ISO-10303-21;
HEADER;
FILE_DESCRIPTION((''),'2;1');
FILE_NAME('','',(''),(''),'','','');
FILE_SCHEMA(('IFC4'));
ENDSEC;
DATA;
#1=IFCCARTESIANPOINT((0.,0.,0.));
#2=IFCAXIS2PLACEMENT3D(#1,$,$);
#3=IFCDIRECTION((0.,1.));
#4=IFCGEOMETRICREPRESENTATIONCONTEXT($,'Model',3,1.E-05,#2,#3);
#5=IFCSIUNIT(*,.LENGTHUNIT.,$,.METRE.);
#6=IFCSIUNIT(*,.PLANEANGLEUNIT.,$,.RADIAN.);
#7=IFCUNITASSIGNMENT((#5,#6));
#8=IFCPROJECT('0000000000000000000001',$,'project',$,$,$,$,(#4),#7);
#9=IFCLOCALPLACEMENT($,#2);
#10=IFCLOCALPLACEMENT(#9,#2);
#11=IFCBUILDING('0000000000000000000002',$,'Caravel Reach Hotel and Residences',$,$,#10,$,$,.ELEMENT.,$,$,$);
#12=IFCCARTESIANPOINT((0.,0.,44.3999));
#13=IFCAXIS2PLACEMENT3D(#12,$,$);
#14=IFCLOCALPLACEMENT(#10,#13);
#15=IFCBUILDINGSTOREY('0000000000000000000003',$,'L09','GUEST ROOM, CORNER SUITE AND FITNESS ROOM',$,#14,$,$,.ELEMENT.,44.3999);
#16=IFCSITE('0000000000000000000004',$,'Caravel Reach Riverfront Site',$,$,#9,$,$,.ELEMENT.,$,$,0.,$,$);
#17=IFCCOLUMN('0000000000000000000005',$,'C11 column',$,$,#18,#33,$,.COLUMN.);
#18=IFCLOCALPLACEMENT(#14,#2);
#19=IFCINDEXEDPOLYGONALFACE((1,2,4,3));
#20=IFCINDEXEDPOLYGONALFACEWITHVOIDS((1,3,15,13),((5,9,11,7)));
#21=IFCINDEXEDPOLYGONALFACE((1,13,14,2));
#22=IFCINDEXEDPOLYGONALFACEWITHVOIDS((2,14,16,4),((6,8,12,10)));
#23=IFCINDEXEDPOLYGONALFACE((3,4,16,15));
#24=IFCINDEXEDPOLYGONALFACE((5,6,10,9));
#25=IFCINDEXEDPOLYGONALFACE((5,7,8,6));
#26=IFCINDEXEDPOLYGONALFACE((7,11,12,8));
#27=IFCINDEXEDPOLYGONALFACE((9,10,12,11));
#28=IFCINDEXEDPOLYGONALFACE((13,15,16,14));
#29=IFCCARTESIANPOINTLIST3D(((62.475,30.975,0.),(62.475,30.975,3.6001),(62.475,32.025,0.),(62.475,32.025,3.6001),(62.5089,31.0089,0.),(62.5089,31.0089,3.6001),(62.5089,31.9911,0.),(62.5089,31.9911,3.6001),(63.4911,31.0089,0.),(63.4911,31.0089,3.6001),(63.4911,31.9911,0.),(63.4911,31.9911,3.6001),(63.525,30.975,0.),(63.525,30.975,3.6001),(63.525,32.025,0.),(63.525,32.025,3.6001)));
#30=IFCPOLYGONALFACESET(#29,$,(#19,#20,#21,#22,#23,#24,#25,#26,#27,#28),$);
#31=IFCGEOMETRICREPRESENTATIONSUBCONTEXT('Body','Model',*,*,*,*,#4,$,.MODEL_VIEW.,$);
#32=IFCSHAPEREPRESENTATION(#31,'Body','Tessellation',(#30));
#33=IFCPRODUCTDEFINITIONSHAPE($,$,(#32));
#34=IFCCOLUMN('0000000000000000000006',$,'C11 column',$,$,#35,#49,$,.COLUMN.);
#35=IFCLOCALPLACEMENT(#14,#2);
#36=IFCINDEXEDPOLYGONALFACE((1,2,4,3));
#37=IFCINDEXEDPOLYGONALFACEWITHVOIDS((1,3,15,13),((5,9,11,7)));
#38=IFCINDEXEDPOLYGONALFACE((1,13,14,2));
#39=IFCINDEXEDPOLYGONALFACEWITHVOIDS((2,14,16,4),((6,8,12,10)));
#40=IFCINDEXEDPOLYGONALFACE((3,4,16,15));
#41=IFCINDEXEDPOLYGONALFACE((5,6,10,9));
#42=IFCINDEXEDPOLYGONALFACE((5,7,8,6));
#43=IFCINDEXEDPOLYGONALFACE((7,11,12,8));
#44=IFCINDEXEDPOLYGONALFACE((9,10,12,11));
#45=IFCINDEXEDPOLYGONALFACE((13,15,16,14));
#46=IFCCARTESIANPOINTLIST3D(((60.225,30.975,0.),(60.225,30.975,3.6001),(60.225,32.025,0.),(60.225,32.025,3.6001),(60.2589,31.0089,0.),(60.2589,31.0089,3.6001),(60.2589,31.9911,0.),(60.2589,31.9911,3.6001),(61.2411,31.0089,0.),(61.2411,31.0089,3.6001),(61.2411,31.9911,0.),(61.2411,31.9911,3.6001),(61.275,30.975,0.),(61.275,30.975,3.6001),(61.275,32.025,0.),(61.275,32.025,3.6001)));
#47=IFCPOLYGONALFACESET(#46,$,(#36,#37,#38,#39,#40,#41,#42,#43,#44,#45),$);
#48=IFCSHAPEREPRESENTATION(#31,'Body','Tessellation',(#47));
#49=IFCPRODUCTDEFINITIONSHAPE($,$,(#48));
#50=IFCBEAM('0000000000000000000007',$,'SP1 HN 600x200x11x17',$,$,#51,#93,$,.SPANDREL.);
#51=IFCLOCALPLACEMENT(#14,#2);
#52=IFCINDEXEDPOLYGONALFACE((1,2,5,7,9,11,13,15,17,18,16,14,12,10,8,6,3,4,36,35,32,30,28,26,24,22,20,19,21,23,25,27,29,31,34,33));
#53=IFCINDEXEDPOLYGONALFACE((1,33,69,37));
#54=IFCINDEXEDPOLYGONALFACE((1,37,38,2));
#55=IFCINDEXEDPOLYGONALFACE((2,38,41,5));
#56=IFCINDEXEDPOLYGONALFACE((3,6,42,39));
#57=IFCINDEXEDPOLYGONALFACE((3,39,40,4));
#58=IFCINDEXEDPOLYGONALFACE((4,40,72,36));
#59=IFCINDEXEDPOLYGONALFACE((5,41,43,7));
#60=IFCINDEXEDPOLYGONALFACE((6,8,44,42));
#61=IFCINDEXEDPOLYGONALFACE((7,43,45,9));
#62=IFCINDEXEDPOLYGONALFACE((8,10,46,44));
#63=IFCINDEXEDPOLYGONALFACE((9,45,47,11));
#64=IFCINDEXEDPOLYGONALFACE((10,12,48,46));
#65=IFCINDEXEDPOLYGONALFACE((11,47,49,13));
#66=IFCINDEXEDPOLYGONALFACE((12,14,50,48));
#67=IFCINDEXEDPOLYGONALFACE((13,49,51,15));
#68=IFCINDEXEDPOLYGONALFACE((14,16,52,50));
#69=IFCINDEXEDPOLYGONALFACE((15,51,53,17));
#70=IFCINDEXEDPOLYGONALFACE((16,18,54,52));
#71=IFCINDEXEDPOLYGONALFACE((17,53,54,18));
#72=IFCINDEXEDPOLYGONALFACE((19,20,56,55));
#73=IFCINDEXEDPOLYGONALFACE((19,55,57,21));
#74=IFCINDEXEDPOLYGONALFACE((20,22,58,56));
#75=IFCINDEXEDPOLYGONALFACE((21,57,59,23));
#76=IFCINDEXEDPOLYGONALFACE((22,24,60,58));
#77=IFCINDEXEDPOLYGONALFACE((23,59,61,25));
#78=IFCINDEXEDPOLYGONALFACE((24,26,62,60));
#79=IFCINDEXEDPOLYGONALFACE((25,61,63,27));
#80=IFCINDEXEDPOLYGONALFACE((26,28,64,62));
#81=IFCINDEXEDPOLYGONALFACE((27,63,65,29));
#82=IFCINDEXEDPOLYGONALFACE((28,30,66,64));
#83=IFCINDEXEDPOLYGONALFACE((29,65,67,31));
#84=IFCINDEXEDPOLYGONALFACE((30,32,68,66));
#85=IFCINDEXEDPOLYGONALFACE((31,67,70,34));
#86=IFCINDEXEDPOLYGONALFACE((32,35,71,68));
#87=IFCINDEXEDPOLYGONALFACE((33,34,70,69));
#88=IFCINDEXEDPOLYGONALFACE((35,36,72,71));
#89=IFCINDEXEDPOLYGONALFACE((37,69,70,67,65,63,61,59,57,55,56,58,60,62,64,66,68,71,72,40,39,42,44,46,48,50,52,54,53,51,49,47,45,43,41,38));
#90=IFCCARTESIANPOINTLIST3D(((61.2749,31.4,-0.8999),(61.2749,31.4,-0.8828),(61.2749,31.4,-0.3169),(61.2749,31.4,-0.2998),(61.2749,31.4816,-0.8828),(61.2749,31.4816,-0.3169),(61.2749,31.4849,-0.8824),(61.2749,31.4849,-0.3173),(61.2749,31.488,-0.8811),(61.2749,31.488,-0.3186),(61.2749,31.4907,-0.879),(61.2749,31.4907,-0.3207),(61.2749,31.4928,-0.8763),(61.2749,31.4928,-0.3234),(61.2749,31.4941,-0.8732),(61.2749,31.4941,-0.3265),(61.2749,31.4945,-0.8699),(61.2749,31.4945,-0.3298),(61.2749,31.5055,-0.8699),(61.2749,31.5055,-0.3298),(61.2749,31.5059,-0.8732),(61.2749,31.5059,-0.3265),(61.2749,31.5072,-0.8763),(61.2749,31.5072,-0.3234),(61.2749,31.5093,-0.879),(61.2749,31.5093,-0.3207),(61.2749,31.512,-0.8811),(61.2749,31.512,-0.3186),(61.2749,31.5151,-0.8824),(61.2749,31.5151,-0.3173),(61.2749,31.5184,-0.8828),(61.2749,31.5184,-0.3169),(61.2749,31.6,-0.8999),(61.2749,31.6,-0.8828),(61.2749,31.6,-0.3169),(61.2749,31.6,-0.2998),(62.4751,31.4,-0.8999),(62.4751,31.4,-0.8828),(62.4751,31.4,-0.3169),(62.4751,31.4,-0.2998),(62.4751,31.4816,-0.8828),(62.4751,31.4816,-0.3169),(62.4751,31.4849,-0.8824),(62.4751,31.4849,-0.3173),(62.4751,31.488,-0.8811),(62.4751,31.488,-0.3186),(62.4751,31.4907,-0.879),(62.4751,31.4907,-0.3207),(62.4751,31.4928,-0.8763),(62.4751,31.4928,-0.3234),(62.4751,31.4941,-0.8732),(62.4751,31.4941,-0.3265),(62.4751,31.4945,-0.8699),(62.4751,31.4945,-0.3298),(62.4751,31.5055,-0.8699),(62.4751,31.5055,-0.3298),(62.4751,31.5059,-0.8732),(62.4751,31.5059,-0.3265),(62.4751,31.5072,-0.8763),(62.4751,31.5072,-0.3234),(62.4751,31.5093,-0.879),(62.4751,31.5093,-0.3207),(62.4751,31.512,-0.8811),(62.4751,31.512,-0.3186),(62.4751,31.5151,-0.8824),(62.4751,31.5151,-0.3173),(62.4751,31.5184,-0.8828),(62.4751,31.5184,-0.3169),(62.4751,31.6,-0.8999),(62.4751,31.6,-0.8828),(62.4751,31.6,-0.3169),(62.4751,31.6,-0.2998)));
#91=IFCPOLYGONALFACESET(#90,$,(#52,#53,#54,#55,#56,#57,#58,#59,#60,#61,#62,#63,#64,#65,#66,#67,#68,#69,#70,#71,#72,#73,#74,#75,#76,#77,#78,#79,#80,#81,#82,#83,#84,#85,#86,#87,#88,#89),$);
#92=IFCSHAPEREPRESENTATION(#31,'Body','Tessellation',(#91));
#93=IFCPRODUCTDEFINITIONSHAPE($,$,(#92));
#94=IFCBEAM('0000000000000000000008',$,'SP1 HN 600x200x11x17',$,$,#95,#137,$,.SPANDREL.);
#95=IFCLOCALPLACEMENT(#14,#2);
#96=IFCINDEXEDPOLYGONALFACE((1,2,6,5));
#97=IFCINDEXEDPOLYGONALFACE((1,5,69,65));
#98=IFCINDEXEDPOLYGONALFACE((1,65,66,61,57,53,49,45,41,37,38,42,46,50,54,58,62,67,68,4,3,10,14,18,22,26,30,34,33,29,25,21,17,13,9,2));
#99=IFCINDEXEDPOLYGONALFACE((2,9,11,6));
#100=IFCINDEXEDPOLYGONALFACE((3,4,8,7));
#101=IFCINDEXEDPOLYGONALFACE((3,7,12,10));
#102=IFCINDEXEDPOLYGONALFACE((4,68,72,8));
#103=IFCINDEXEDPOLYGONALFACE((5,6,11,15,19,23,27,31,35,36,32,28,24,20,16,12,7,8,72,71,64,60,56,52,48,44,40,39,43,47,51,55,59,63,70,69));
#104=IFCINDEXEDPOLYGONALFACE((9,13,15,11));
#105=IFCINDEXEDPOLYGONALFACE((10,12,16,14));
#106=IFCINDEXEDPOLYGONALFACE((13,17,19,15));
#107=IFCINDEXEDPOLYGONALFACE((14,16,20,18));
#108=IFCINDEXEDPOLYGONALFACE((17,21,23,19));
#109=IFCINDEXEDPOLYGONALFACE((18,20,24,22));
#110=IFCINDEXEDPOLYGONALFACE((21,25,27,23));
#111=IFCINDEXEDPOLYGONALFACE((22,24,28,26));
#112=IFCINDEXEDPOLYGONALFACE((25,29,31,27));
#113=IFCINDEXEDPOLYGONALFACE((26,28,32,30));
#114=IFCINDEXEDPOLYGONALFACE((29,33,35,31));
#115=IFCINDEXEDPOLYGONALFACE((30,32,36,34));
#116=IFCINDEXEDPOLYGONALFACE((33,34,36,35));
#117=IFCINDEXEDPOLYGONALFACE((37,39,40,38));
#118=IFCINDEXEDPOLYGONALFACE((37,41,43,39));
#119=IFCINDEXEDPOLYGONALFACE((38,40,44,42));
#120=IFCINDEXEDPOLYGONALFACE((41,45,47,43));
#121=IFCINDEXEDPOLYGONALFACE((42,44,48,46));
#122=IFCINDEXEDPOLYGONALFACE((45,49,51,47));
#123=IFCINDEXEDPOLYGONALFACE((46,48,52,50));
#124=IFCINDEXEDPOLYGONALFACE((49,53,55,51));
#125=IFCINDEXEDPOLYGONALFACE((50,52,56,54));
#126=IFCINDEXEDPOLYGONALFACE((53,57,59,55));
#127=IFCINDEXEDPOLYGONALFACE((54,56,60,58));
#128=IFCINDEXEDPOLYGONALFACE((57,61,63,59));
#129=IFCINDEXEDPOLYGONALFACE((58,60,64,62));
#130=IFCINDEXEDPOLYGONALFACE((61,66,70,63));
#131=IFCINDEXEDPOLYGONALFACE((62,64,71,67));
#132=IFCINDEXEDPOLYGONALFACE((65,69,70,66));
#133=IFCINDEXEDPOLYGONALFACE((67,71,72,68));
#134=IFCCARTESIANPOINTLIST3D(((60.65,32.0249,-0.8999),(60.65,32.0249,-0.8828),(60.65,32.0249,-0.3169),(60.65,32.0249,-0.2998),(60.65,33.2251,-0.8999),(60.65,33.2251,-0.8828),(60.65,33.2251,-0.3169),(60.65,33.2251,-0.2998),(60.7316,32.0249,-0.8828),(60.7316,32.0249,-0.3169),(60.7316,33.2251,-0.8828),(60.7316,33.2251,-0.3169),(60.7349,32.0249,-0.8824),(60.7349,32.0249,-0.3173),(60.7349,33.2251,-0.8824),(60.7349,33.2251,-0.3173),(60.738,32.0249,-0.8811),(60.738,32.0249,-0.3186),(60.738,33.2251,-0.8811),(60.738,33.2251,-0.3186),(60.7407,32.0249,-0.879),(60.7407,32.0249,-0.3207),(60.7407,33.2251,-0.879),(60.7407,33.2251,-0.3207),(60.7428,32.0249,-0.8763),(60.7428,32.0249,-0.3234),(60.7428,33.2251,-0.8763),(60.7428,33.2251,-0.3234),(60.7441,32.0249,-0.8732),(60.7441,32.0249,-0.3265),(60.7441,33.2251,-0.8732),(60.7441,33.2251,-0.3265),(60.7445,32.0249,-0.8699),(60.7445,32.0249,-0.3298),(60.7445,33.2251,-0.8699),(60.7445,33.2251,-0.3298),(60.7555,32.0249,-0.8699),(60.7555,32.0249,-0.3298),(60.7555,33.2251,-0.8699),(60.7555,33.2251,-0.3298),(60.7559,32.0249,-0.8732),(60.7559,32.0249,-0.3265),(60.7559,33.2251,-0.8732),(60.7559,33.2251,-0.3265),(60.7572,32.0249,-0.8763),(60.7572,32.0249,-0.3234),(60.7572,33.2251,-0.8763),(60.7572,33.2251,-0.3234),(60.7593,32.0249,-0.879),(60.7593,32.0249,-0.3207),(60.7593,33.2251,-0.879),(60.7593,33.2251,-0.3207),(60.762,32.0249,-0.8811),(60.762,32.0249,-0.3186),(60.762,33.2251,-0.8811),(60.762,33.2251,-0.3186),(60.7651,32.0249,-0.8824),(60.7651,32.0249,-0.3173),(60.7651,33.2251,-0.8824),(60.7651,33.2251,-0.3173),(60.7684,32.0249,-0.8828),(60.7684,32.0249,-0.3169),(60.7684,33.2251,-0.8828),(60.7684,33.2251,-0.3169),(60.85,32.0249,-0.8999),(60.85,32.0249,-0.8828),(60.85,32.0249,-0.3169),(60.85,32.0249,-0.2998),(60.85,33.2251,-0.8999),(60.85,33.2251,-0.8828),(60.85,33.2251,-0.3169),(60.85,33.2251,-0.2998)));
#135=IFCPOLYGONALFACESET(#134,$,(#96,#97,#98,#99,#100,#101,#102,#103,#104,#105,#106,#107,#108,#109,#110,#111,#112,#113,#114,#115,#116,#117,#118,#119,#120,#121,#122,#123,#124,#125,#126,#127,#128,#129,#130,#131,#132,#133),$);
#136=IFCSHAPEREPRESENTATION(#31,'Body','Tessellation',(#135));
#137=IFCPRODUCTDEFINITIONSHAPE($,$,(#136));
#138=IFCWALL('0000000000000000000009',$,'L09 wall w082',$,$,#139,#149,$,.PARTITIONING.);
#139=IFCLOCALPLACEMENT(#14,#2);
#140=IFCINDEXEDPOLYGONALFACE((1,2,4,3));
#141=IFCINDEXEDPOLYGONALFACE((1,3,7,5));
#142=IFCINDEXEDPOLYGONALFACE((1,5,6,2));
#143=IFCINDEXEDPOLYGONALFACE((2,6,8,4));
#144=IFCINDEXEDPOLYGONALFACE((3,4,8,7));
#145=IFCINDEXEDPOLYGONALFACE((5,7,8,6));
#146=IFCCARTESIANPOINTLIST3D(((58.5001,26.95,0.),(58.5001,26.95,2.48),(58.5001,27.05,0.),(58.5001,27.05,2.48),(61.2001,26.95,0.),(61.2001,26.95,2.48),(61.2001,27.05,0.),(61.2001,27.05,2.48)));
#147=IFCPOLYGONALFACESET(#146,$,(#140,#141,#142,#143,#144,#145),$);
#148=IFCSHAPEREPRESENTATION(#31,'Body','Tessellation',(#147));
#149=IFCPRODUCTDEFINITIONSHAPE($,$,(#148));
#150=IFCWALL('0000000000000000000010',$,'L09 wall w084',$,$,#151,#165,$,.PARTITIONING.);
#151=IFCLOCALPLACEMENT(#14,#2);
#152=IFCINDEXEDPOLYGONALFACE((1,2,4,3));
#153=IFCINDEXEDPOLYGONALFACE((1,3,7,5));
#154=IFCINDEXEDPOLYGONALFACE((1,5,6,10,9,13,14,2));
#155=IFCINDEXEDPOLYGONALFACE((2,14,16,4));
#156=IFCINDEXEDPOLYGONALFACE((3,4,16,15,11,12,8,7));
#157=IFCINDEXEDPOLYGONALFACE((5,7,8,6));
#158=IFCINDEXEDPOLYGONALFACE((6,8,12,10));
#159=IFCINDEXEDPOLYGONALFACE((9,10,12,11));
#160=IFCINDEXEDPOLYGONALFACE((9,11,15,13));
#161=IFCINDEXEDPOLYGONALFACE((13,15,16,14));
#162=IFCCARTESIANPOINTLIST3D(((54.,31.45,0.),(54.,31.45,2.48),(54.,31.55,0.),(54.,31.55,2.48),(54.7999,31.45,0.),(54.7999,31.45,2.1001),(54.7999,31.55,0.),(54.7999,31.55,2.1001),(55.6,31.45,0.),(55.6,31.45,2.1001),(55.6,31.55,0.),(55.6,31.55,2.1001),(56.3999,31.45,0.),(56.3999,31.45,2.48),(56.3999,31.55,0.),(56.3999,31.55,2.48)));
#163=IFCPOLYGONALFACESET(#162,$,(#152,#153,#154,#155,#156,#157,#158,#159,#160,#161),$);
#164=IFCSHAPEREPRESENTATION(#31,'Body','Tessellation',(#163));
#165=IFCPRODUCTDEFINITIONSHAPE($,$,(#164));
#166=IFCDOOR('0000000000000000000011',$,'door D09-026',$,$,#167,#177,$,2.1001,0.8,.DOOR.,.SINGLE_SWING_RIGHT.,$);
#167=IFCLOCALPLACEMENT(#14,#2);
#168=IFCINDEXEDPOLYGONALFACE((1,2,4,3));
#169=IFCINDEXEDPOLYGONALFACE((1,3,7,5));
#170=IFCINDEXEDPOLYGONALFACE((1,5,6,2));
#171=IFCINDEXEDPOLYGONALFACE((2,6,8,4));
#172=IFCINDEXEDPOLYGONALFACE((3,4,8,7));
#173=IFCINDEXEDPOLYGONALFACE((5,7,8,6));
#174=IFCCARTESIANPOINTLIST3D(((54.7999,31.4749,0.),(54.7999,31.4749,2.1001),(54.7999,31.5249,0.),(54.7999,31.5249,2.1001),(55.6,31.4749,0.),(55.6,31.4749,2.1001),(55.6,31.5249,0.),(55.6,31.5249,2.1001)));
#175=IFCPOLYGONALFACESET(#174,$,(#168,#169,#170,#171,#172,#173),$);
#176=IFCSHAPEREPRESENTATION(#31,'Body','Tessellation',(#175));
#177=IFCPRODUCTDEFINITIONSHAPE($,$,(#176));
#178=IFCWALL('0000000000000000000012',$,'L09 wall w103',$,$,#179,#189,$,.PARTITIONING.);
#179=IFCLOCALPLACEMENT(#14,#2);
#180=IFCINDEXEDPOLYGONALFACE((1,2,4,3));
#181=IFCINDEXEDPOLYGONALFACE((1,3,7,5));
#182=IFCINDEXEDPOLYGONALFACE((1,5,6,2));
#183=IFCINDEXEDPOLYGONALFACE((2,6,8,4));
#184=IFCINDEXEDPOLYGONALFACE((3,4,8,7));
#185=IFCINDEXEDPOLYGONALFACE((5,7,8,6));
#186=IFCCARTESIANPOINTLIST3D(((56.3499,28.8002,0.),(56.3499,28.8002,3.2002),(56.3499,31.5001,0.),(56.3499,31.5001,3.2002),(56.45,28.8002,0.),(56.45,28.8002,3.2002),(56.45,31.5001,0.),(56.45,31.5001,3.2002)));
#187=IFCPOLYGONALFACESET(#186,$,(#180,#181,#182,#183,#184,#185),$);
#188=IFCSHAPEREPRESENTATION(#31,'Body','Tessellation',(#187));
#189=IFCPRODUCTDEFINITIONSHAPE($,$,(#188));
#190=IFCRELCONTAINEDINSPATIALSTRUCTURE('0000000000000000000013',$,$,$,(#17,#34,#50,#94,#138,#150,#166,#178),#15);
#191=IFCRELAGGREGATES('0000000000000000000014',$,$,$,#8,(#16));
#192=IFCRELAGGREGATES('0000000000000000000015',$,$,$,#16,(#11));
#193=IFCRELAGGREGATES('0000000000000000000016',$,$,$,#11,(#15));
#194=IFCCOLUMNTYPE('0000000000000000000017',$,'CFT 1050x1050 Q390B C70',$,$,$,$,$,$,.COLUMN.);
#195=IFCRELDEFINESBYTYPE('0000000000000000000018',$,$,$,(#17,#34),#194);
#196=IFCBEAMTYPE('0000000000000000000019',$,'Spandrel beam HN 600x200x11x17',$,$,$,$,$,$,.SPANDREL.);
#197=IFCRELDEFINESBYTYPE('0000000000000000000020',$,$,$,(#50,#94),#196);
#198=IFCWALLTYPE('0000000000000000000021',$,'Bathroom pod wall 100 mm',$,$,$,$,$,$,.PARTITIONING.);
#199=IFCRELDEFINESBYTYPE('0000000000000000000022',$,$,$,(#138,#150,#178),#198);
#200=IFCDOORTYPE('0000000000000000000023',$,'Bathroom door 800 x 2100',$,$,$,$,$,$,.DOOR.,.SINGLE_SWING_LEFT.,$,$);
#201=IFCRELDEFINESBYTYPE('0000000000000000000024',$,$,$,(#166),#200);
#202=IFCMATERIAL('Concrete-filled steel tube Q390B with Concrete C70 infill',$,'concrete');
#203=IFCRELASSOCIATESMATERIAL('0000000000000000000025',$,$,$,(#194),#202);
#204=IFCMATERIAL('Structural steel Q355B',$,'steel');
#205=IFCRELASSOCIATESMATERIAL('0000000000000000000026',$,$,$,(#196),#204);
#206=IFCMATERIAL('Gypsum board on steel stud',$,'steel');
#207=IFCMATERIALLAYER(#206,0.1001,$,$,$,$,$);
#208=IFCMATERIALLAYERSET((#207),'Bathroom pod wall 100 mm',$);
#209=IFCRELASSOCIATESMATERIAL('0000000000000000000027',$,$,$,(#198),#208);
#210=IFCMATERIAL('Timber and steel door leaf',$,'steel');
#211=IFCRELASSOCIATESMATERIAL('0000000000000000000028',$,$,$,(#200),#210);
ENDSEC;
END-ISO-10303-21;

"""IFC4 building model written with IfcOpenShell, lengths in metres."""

from ifc_helpers import new_model, si_unit, direction, frame, frame_2d, origin, origin_2d, place, context, subcontext, project, spatial, rectangle, hollow_rectangle, i_section, extrude, material, layer, layer_set, material_profile, profile_set, type_object, element, fill, save


model = new_model("IFC4")

# Units and contexts
model_context = context("Model", 3, precision=1e-05, world=origin(), true_north=direction((0.0, 1.0)))
body_context = subcontext(model_context, "Body", "Model", "MODEL_VIEW")
ifc_project = project(units=[si_unit("LENGTHUNIT", "METRE"), si_unit("PLANEANGLEUNIT", "RADIAN")], contexts=[model_context])

# Site, building, storey
site_placement = place(None, origin())
site = spatial("IfcSite", under=ifc_project, at=site_placement, Name="Caravel Reach Riverfront Site", CompositionType="ELEMENT", RefElevation=0.0)
building_placement = place(site_placement, origin())
building = spatial("IfcBuilding", under=site, at=building_placement, Name="Caravel Reach Hotel and Residences", CompositionType="ELEMENT")
storey_placement = place(building_placement, frame((0.0, 0.0, 44.3999)))
storey = spatial("IfcBuildingStorey", under=building, at=storey_placement, Name="L09", Description="GUEST ROOM, CORNER SUITE AND FITNESS ROOM", CompositionType="ELEMENT", Elevation=44.3999)

# Columns
ifc_material_1 = material(Name="Concrete-filled steel tube Q390B with Concrete C70 infill", Category="concrete")
ifc_material_profile_1 = material_profile(ifc_material_1, hollow_rectangle(XDim=1.05, YDim=1.05, WallThickness=0.0339, at=origin_2d()), Name="RHS 1050x1050x34")
ifc_profile_set_1 = profile_set([ifc_material_profile_1], Name="Concrete-filled steel tube Q390B with Concrete C70 infill")
column_type = type_object("IfcColumnType", Name="CFT 1050x1050 Q390B C70", PredefinedType="COLUMN", material=ifc_profile_set_1)
for number, where, z_axis, x_axis, name in (
    (1, (63.0, 31.5, 0.0), (0.0, 0.0, 1.0), (1.0, 0.0, 0.0), "C11 column"),
    (2, (60.75, 31.5, 0.0), (0.0, 0.0, 1.0), (1.0, 0.0, 0.0), "C11 column"),
):
    element("IfcColumn", number, at=place(storey_placement, frame(where, z_axis=z_axis, x_axis=x_axis)), inside=storey, type_object=column_type, Name=name, PredefinedType="COLUMN", context=body_context, shape_type="SweptSolid", body=[
        extrude(hollow_rectangle(XDim=1.05, YDim=1.05, WallThickness=0.0339, at=origin_2d()), origin(), (0.0, 0.0, 1.0), 3.6001),
    ])

# Beams
ifc_material_2 = material(Name="Structural steel Q355B", Category="steel")
ifc_material_profile_2 = material_profile(ifc_material_2, i_section(OverallWidth=0.2, OverallDepth=0.6001, WebThickness=0.011, FlangeThickness=0.0171, FilletRadius=0.0129, at=origin_2d()), Name="HN 600x200x11x17")
ifc_profile_set_2 = profile_set([ifc_material_profile_2], Name="Structural steel Q355B")
beam_type = type_object("IfcBeamType", Name="Spandrel beam HN 600x200x11x17", PredefinedType="SPANDREL", material=ifc_profile_set_2)
for number, where, z_axis, x_axis, name in (
    (3, (62.4751, 31.5, -0.5999), (-1.0, 0.0, 0.0), (0.0, -1.0, 0.0), "SP1 HN 600x200x11x17"),
    (4, (60.75, 32.0249, -0.5999), (0.0, 1.0, 0.0), (-1.0, 0.0, 0.0), "SP1 HN 600x200x11x17"),
):
    element("IfcBeam", number, at=place(storey_placement, frame(where, z_axis=z_axis, x_axis=x_axis)), inside=storey, type_object=beam_type, Name=name, PredefinedType="SPANDREL", context=body_context, shape_type="SweptSolid", body=[
        extrude(i_section(OverallWidth=0.2, OverallDepth=0.6001, WebThickness=0.011, FlangeThickness=0.0171, FilletRadius=0.0129, at=origin_2d()), origin(), (0.0, 0.0, 1.0), 1.2002),
    ])

# Wall
ifc_material_3 = material(Name="Gypsum board on steel stud", Category="steel")
ifc_layer_1 = layer(ifc_material_3, 0.1001)
ifc_layer_set_1 = layer_set([ifc_layer_1], Name="Bathroom pod wall 100 mm")
wall_type_1 = type_object("IfcWallType", Name="Bathroom pod wall 100 mm", PredefinedType="PARTITIONING", material=ifc_layer_set_1)
wall_1_placement = place(storey_placement, frame((58.5, 27.0, 0.0), z_axis=(0.0, 0.0, 1.0), x_axis=(1.0, 0.0, 0.0)))
element("IfcWall", 5, at=wall_1_placement, inside=storey, type_object=wall_type_1, Name="L09 wall w082", PredefinedType="PARTITIONING", context=body_context, shape_type="SweptSolid", body=[
    extrude(rectangle(XDim=2.7, YDim=0.1001, at=frame_2d((1.3501, 0.0))), origin(), (0.0, 0.0, 1.0), 2.48),
])

# Wall, opening, door
wall_2_placement = place(storey_placement, frame((54.0, 31.5, 0.0), z_axis=(0.0, 0.0, 1.0), x_axis=(1.0, 0.0, 0.0)))
wall_2 = element("IfcWall", 6, at=wall_2_placement, inside=storey, type_object=wall_type_1, Name="L09 wall w084", PredefinedType="PARTITIONING", context=body_context, shape_type="SweptSolid", body=[
    extrude(rectangle(XDim=2.3999, YDim=0.1001, at=frame_2d((1.2, 0.0))), origin(), (0.0, 0.0, 1.0), 2.48),
])
opening_1_placement = place(wall_2_placement, frame((0.8, 0.0, 0.0)))
opening_1 = element("IfcOpeningElement", 7, at=opening_1_placement, cuts=wall_2, PredefinedType="OPENING", context=body_context, shape_type="SweptSolid", body=[
    extrude(rectangle(XDim=0.8, YDim=2.1001, at=frame_2d((0.3999, 1.05))), frame((0.0, 0.0601, 0.0), z_axis=(0.0, -1.0, 0.0), x_axis=(1.0, 0.0, 0.0)), (0.0, 0.0, 1.0), 0.1201),
])
ifc_material_4 = material(Name="Timber and steel door leaf", Category="steel")
door_type_1 = type_object("IfcDoorType", Name="Bathroom door 800 x 2100", OperationType="SINGLE_SWING_LEFT", PredefinedType="DOOR", material=ifc_material_4)
door_1_placement = place(opening_1_placement, origin())
door_1 = element("IfcDoor", 8, at=door_1_placement, inside=storey, type_object=door_type_1, Name="door D09-026", OperationType="SINGLE_SWING_RIGHT", OverallHeight=2.1001, OverallWidth=0.8, PredefinedType="DOOR", context=body_context, shape_type="SweptSolid", body=[
    extrude(rectangle(XDim=0.8, YDim=2.1001, at=frame_2d((0.3999, 1.05))), frame((0.0, 0.0249, 0.0), z_axis=(0.0, -1.0, 0.0), x_axis=(1.0, 0.0, 0.0)), (0.0, 0.0, 1.0), 0.05),
])
fill(opening_1, door_1)

# Wall
wall_3_placement = place(storey_placement, frame((56.3999, 28.8, 0.0), z_axis=(0.0, 0.0, 1.0), x_axis=(0.0, 1.0, 0.0)))
element("IfcWall", 9, at=wall_3_placement, inside=storey, type_object=wall_type_1, Name="L09 wall w103", PredefinedType="PARTITIONING", context=body_context, shape_type="SweptSolid", body=[
    extrude(rectangle(XDim=2.7, YDim=0.1001, at=frame_2d((1.3501, 0.0))), origin(), (0.0, 0.0, 1.0), 3.2002),
])

save(model, "model.ifc")
